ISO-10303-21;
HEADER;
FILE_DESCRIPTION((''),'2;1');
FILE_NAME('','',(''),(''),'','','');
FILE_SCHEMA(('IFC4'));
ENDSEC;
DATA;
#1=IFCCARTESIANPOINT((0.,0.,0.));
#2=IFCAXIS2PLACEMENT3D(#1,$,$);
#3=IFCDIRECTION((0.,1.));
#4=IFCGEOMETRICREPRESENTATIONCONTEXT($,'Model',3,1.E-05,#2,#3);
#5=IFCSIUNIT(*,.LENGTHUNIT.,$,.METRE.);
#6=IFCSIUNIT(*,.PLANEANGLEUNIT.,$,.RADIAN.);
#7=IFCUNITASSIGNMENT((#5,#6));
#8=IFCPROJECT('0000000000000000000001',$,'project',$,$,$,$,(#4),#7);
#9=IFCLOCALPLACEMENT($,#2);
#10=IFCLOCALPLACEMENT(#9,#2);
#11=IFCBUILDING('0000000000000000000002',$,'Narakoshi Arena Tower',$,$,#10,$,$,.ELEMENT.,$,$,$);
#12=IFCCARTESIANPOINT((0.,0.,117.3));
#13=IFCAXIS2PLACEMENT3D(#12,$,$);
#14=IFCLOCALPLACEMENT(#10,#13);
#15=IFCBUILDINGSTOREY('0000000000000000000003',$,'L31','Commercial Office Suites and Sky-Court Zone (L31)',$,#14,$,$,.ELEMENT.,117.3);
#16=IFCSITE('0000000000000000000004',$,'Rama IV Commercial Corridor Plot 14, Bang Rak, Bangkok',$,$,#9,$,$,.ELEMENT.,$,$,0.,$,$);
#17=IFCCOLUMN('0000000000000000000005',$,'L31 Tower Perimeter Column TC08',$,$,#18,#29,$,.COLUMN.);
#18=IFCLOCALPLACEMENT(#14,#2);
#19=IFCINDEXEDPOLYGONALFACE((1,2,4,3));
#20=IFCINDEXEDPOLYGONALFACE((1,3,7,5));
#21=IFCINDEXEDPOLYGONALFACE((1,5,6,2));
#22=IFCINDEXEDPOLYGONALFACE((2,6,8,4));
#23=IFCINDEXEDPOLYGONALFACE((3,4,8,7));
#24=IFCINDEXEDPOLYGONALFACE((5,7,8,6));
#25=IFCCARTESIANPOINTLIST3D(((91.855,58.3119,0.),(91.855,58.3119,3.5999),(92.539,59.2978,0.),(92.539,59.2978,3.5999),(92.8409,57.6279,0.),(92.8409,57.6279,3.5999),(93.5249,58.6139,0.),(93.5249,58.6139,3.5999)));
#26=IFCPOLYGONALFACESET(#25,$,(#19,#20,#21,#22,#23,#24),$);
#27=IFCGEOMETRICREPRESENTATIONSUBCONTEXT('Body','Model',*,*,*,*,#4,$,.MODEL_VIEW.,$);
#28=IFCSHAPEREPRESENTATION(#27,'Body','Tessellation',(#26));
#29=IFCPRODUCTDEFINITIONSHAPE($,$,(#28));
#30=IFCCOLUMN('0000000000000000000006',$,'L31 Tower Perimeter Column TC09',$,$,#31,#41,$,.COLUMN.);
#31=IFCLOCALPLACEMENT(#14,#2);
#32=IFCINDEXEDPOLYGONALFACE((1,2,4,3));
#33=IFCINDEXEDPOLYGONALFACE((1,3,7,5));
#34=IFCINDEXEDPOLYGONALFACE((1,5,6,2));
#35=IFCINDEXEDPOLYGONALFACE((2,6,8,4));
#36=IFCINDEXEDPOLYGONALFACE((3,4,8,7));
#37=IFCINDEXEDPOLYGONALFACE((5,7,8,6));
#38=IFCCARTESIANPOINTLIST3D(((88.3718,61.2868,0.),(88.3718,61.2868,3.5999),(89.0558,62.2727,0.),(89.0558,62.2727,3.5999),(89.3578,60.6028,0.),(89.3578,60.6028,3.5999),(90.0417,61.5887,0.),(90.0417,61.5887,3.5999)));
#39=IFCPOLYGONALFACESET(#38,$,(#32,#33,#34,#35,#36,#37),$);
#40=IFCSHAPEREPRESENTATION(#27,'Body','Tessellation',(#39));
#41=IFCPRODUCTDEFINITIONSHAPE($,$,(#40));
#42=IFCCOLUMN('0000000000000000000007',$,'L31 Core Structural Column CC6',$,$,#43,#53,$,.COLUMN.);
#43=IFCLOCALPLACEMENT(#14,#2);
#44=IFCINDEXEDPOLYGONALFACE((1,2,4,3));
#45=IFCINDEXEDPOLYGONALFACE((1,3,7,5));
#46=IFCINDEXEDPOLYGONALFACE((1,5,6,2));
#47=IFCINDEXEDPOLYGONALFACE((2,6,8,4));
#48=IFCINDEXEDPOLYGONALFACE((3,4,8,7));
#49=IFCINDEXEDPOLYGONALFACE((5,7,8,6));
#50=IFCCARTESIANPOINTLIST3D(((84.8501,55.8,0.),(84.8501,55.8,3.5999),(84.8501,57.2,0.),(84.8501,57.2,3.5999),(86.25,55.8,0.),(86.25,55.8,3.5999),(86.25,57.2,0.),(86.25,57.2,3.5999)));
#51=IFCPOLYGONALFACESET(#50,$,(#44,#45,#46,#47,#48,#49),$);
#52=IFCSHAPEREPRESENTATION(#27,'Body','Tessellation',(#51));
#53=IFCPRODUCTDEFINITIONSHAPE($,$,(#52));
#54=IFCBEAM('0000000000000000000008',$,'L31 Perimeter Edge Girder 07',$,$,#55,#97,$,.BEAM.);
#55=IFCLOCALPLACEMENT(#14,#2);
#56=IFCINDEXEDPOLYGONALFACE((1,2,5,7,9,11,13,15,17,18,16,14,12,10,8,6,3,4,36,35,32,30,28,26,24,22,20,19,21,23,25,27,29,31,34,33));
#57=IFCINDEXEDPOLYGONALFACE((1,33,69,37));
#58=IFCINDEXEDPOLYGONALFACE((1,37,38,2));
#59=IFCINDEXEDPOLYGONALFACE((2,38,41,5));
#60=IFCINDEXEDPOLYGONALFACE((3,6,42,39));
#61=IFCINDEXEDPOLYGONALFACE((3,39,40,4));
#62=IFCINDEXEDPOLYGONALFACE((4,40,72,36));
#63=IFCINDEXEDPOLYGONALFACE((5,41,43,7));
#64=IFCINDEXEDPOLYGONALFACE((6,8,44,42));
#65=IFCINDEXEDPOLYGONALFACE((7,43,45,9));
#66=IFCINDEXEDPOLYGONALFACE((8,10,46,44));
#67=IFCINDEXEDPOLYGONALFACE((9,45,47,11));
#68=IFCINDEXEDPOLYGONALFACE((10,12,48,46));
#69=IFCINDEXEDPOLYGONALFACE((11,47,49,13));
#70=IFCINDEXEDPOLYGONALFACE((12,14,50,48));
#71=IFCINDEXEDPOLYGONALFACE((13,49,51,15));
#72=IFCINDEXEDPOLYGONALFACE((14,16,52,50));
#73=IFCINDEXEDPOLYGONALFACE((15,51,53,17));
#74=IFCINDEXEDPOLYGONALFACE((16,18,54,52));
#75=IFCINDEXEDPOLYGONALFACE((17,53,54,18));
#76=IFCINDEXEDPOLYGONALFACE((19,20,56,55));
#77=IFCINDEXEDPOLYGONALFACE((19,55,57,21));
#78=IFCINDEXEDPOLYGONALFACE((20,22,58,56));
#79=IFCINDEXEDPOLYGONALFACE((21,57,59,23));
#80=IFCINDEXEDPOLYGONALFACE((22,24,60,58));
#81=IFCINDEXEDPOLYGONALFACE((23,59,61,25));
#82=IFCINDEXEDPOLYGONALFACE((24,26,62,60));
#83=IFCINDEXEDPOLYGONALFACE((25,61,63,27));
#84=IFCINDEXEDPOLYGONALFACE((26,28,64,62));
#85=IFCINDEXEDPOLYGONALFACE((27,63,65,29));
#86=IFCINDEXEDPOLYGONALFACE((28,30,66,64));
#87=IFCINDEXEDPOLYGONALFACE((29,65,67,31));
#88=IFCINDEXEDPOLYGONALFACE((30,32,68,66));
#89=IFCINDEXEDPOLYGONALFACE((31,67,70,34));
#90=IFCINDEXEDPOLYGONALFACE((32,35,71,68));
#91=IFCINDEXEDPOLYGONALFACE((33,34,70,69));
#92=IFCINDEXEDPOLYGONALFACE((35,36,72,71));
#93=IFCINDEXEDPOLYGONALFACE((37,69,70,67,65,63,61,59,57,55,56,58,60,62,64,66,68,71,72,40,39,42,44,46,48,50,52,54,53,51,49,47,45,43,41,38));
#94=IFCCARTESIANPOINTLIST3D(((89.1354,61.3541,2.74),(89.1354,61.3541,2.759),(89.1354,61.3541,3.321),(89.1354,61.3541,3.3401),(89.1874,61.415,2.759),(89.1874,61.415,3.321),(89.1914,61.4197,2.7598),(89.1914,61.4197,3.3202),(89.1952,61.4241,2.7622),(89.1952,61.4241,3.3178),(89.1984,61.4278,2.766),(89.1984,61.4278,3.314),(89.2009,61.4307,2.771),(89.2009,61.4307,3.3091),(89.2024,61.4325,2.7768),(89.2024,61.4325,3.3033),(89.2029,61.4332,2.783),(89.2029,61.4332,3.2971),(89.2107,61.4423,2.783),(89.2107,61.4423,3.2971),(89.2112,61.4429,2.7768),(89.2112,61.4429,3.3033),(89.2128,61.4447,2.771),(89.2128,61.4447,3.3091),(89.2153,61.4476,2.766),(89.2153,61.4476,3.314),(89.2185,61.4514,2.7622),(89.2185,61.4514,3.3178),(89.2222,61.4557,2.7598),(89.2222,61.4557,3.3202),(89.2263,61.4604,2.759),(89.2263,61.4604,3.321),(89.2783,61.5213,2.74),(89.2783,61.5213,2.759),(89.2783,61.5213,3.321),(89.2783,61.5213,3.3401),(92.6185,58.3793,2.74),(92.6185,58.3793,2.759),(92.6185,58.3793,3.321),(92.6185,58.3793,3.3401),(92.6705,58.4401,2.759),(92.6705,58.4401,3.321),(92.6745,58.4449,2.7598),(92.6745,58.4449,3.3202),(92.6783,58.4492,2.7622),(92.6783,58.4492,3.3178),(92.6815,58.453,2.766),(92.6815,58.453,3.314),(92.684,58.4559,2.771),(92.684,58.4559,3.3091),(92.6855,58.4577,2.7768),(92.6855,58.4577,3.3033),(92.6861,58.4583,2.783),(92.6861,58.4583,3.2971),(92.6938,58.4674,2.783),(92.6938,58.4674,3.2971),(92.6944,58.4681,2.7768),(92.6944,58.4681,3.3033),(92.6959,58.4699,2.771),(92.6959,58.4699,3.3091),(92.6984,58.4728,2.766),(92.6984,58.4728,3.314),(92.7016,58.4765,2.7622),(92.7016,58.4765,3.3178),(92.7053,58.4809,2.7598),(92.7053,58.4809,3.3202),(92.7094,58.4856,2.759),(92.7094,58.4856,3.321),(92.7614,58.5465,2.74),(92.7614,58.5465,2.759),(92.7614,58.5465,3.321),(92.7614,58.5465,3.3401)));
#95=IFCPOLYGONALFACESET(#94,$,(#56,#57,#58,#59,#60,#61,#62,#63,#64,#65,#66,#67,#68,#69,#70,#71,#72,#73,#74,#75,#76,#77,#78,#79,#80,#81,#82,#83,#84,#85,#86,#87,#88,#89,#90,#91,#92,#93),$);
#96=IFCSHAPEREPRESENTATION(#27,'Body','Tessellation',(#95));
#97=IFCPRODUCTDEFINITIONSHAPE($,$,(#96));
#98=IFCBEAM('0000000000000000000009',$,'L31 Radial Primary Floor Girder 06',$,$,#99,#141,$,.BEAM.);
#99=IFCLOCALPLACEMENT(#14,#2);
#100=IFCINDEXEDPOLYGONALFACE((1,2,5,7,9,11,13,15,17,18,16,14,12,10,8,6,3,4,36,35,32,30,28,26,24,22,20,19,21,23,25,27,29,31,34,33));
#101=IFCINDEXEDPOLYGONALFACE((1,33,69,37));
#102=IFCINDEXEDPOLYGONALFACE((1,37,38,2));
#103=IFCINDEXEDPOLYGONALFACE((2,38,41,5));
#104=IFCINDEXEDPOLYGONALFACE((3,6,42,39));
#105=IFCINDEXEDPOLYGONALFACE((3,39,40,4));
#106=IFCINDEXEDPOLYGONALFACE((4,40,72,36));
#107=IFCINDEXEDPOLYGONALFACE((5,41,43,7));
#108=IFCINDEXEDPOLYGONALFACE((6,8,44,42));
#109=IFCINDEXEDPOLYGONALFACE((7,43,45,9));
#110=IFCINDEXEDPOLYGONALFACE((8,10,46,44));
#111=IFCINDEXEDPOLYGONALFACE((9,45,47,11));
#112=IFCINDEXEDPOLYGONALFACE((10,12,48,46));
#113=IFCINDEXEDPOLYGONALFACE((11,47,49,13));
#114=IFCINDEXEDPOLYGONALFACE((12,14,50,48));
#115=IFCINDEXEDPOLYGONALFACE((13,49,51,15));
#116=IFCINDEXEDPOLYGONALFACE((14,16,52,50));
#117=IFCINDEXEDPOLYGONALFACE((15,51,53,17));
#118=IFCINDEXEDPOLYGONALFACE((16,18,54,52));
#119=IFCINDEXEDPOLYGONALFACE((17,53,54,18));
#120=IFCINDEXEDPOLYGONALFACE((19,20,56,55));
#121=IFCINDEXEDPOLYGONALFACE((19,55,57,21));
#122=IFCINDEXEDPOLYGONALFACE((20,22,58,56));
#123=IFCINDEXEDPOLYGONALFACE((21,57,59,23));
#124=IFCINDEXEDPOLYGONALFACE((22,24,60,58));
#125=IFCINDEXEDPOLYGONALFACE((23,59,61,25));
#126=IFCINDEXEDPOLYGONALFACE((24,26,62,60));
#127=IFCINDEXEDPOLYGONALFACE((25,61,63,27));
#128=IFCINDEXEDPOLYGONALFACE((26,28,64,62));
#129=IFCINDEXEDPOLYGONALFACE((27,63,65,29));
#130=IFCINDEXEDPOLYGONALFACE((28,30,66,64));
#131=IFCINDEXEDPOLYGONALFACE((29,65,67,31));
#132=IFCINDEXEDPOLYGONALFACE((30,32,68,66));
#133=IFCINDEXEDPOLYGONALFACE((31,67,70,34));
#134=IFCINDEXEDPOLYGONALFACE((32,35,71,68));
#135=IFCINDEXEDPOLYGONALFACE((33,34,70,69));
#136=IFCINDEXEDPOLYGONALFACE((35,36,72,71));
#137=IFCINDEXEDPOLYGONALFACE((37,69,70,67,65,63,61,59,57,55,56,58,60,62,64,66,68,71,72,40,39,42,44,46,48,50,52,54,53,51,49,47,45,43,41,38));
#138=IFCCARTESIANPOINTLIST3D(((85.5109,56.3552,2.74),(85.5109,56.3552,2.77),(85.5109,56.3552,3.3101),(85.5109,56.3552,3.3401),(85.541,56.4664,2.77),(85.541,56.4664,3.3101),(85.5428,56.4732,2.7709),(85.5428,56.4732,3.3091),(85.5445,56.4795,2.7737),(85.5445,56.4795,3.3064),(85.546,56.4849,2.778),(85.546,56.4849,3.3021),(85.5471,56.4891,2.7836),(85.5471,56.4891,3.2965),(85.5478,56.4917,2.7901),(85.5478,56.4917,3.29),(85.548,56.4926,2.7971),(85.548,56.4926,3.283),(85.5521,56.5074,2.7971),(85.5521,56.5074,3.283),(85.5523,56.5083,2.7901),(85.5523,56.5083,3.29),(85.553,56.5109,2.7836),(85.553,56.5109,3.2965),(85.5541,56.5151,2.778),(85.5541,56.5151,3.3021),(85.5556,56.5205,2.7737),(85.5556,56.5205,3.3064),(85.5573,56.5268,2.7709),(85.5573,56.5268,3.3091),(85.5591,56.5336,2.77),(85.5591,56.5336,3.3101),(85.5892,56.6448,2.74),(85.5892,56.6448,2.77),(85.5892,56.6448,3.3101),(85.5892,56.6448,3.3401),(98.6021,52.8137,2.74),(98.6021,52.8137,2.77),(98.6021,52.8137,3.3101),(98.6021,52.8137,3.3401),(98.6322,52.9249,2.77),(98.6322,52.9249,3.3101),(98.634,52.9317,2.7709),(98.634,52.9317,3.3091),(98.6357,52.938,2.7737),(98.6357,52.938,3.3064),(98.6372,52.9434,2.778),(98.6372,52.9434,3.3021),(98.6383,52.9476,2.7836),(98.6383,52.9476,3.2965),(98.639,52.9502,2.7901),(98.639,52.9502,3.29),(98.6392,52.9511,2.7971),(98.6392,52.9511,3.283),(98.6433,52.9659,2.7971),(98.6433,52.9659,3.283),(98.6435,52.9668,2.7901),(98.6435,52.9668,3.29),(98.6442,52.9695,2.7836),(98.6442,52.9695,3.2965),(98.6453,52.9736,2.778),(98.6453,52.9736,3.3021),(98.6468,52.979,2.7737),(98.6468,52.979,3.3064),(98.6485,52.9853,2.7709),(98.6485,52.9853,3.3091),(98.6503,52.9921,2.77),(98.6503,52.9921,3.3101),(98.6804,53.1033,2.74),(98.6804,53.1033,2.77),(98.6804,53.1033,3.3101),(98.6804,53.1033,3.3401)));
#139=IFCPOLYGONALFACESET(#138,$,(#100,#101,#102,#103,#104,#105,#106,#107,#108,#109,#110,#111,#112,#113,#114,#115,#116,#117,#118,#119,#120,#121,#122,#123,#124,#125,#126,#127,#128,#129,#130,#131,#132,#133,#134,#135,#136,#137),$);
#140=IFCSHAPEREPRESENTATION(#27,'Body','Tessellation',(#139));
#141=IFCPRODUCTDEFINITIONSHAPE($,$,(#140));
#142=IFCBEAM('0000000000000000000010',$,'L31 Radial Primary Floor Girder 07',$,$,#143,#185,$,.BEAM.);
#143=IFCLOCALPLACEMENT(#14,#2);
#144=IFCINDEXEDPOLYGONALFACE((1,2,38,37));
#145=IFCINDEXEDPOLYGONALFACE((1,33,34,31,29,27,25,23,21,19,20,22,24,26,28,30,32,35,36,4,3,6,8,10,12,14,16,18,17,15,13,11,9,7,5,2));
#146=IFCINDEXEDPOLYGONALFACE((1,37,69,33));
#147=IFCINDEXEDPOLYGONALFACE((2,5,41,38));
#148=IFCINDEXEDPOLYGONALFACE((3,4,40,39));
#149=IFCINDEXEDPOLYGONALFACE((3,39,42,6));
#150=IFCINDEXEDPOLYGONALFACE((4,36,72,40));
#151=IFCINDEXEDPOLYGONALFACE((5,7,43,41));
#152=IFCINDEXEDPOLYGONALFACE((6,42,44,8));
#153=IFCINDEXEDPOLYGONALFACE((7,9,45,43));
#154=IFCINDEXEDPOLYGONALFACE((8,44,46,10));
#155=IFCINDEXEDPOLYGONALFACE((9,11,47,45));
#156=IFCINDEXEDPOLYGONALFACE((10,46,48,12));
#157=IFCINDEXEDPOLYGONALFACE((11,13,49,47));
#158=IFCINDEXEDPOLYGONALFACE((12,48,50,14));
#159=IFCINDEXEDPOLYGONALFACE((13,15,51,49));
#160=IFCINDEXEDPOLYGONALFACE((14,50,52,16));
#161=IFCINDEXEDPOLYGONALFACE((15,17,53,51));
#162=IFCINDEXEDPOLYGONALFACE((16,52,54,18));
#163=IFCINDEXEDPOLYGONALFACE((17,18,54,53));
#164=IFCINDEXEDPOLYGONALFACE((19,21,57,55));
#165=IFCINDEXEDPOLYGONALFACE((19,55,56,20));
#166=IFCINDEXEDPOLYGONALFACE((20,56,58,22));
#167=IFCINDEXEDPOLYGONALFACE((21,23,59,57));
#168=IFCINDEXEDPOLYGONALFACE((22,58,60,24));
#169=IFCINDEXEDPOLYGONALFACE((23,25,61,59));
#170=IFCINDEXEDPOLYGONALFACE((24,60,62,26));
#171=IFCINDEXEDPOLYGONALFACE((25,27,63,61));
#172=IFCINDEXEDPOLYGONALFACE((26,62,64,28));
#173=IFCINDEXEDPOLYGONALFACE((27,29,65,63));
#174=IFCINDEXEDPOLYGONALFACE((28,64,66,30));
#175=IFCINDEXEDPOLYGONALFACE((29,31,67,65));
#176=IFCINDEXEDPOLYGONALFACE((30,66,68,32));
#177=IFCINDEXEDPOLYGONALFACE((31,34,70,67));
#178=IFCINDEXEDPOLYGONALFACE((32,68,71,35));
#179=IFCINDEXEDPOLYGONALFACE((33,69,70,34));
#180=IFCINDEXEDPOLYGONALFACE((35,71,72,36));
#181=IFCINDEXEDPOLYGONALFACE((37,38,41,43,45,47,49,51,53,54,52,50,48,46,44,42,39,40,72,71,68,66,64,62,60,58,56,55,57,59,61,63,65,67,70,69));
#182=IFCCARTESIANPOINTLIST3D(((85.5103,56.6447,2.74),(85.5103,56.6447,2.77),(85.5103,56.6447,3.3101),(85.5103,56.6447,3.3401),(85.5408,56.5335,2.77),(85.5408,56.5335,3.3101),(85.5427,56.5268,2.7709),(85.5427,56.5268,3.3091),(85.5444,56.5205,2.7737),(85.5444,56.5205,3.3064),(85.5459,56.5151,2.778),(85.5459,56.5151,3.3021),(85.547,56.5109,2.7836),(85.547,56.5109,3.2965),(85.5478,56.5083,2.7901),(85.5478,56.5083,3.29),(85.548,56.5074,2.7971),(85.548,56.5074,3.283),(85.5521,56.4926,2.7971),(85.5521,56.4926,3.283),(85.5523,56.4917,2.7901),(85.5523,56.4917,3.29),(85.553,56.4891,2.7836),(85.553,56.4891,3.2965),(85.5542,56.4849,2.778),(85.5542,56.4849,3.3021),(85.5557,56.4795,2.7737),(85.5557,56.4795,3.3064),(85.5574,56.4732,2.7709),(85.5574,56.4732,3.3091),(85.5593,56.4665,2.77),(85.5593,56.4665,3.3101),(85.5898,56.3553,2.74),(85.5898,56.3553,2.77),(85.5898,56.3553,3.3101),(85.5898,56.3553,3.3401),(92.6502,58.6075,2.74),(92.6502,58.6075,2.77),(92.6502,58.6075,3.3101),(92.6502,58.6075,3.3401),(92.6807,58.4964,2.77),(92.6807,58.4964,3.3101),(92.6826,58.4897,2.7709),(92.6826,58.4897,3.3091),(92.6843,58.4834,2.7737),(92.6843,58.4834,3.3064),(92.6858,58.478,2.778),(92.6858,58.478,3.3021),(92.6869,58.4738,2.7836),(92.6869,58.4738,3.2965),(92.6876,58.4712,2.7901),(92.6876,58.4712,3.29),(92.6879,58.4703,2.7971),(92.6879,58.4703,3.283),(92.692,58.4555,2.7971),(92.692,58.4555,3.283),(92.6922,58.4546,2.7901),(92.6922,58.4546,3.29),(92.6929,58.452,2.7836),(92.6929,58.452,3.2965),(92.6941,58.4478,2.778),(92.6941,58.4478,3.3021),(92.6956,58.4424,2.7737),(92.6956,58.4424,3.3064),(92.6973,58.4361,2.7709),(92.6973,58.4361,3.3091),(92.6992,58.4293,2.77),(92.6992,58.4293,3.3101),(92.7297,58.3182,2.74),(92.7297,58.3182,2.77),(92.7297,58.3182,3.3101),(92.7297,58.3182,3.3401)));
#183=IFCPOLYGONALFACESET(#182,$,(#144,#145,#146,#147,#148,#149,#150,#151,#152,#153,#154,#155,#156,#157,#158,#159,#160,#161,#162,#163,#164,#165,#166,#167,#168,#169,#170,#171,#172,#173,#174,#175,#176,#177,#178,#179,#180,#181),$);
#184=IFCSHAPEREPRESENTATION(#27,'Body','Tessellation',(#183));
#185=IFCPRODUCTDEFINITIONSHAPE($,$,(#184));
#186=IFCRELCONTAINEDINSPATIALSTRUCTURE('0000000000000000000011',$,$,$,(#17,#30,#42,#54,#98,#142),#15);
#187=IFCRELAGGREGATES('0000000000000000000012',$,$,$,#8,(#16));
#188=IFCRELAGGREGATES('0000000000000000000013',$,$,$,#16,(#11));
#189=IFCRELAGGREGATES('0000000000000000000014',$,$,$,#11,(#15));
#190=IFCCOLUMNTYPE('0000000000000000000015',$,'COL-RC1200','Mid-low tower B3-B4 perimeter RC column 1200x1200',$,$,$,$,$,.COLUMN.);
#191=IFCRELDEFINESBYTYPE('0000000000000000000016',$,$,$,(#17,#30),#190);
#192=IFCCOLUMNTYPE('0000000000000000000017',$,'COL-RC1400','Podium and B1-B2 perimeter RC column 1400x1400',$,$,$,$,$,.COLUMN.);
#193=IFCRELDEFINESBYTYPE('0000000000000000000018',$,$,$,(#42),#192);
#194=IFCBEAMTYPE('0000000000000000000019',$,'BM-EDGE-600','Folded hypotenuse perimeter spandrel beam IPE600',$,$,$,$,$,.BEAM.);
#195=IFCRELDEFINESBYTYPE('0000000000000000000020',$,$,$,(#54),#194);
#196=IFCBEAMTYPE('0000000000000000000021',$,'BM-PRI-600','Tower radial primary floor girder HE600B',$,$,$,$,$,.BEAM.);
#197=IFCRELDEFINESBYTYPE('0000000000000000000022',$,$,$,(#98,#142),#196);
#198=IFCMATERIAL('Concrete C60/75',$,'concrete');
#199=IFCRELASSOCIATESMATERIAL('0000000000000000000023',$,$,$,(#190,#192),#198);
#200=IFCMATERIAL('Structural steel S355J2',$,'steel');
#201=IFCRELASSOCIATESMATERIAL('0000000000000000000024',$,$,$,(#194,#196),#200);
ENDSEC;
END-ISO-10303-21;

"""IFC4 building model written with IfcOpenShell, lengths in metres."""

from ifc_helpers import new_model, si_unit, direction, frame, origin, origin_2d, place, context, subcontext, project, spatial, rectangle, i_section, extrude, material, material_profile, profile_set, type_object, element, save


model = new_model("IFC4")

# Units and contexts
model_context = context("Model", 3, precision=1e-05, world=origin(), true_north=direction((0.0, 1.0)))
body_context = subcontext(model_context, "Body", "Model", "MODEL_VIEW")
ifc_project = project(units=[si_unit("LENGTHUNIT", "METRE"), si_unit("PLANEANGLEUNIT", "RADIAN")], contexts=[model_context])

# Site, building, storey
site_placement = place(None, origin())
site = spatial("IfcSite", under=ifc_project, at=site_placement, Name="Rama IV Commercial Corridor Plot 14, Bang Rak, Bangkok", CompositionType="ELEMENT", RefElevation=0.0)
building_placement = place(site_placement, origin())
building = spatial("IfcBuilding", under=site, at=building_placement, Name="Narakoshi Arena Tower", CompositionType="ELEMENT")
storey_placement = place(building_placement, frame((0.0, 0.0, 117.3)))
storey = spatial("IfcBuildingStorey", under=building, at=storey_placement, Name="L31", Description="Commercial Office Suites and Sky-Court Zone (L31)", CompositionType="ELEMENT", Elevation=117.3)

# Columns
ifc_material_1 = material(Name="Concrete C60/75", Category="concrete")
ifc_material_profile_1 = material_profile(ifc_material_1, rectangle(XDim=1.2, YDim=1.2, at=origin_2d()), Name="RC1200x1200")
ifc_profile_set_1 = profile_set([ifc_material_profile_1], Name="Concrete C60/75")
column_type_1 = type_object("IfcColumnType", Name="COL-RC1200", Description="Mid-low tower B3-B4 perimeter RC column 1200x1200", PredefinedType="COLUMN", material=ifc_profile_set_1)
for number, where, z_axis, x_axis, name in (
    (1, (92.6899, 58.4629, 0.0), (0.0, 0.0, 1.0), (0.569997, 0.821647, 0.0), "L31 Tower Perimeter Column TC08"),
    (2, (89.2068, 61.4377, 0.0), (0.0, 0.0, 1.0), (0.569997, 0.821647, 0.0), "L31 Tower Perimeter Column TC09"),
):
    element("IfcColumn", number, at=place(storey_placement, frame(where, z_axis=z_axis, x_axis=x_axis)), inside=storey, type_object=column_type_1, Name=name, PredefinedType="COLUMN", context=body_context, shape_type="SweptSolid", body=[
        extrude(rectangle(XDim=1.2, YDim=1.2, at=origin_2d()), origin(), (0.0, 0.0, 1.0), 3.5999),
    ])
ifc_material_profile_2 = material_profile(ifc_material_1, rectangle(XDim=1.3999, YDim=1.3999, at=origin_2d()), Name="RC1400x1400")
ifc_profile_set_2 = profile_set([ifc_material_profile_2], Name="Concrete C60/75")
column_type_2 = type_object("IfcColumnType", Name="COL-RC1400", Description="Podium and B1-B2 perimeter RC column 1400x1400", PredefinedType="COLUMN", material=ifc_profile_set_2)
column_placement = place(storey_placement, frame((85.55, 56.5, 0.0), z_axis=(0.0, 0.0, 1.0), x_axis=(1.0, 0.0, 0.0)))
element("IfcColumn", 3, at=column_placement, inside=storey, type_object=column_type_2, Name="L31 Core Structural Column CC6", PredefinedType="COLUMN", context=body_context, shape_type="SweptSolid", body=[
    extrude(rectangle(XDim=1.3999, YDim=1.3999, at=origin_2d()), origin(), (0.0, 0.0, 1.0), 3.5999),
])

# Beams
ifc_material_2 = material(Name="Structural steel S355J2", Category="steel")
ifc_material_profile_3 = material_profile(ifc_material_2, i_section(OverallWidth=0.22, OverallDepth=0.6001, WebThickness=0.012, FlangeThickness=0.019, FilletRadius=0.0239, at=origin_2d()), Name="IPE600")
ifc_profile_set_3 = profile_set([ifc_material_profile_3], Name="Structural steel S355J2")
beam_type_1 = type_object("IfcBeamType", Name="BM-EDGE-600", Description="Folded hypotenuse perimeter spandrel beam IPE600", PredefinedType="BEAM", material=ifc_profile_set_3)
beam_1_placement = place(storey_placement, frame((92.6899, 58.4629, 3.04), z_axis=(-0.76041, 0.649443, 0.0), x_axis=(-0.649443, -0.76041, 0.0)))
element("IfcBeam", 4, at=beam_1_placement, inside=storey, type_object=beam_type_1, Name="L31 Perimeter Edge Girder 07", PredefinedType="BEAM", context=body_context, shape_type="SweptSolid", body=[
    extrude(i_section(OverallWidth=0.22, OverallDepth=0.6001, WebThickness=0.012, FlangeThickness=0.019, FilletRadius=0.0239, at=origin_2d()), origin(), (0.0, 0.0, 1.0), 4.5806),
])
ifc_material_profile_4 = material_profile(ifc_material_2, i_section(OverallWidth=0.3, OverallDepth=0.6001, WebThickness=0.0154, FlangeThickness=0.03, FilletRadius=0.0271, at=origin_2d()), Name="HE600B")
ifc_profile_set_4 = profile_set([ifc_material_profile_4], Name="Structural steel S355J2")
beam_type_2 = type_object("IfcBeamType", Name="BM-PRI-600", Description="Tower radial primary floor girder HE600B", PredefinedType="BEAM", material=ifc_profile_set_4)
beam_2_placement = place(storey_placement, frame((85.55, 56.5, 3.04), z_axis=(0.965302, -0.261137, 0.0), x_axis=(0.261137, 0.965302, 0.0)))
element("IfcBeam", 5, at=beam_2_placement, inside=storey, type_object=beam_type_2, Name="L31 Radial Primary Floor Girder 06", PredefinedType="BEAM", context=body_context, shape_type="SweptSolid", body=[
    extrude(i_section(OverallWidth=0.3, OverallDepth=0.6001, WebThickness=0.0154, FlangeThickness=0.03, FilletRadius=0.0271, at=origin_2d()), origin(), (0.0, 0.0, 1.0), 13.5618),
])
beam_3_placement = place(storey_placement, frame((85.55, 56.5, 3.04), z_axis=(0.964225, 0.265084, 0.0), x_axis=(-0.265084, 0.964225, 0.0)))
element("IfcBeam", 6, at=beam_3_placement, inside=storey, type_object=beam_type_2, Name="L31 Radial Primary Floor Girder 07", PredefinedType="BEAM", context=body_context, shape_type="SweptSolid", body=[
    extrude(i_section(OverallWidth=0.3, OverallDepth=0.6001, WebThickness=0.0154, FlangeThickness=0.03, FilletRadius=0.0271, at=origin_2d()), origin(), (0.0, 0.0, 1.0), 7.4048),
])

save(model, "model.ifc")
